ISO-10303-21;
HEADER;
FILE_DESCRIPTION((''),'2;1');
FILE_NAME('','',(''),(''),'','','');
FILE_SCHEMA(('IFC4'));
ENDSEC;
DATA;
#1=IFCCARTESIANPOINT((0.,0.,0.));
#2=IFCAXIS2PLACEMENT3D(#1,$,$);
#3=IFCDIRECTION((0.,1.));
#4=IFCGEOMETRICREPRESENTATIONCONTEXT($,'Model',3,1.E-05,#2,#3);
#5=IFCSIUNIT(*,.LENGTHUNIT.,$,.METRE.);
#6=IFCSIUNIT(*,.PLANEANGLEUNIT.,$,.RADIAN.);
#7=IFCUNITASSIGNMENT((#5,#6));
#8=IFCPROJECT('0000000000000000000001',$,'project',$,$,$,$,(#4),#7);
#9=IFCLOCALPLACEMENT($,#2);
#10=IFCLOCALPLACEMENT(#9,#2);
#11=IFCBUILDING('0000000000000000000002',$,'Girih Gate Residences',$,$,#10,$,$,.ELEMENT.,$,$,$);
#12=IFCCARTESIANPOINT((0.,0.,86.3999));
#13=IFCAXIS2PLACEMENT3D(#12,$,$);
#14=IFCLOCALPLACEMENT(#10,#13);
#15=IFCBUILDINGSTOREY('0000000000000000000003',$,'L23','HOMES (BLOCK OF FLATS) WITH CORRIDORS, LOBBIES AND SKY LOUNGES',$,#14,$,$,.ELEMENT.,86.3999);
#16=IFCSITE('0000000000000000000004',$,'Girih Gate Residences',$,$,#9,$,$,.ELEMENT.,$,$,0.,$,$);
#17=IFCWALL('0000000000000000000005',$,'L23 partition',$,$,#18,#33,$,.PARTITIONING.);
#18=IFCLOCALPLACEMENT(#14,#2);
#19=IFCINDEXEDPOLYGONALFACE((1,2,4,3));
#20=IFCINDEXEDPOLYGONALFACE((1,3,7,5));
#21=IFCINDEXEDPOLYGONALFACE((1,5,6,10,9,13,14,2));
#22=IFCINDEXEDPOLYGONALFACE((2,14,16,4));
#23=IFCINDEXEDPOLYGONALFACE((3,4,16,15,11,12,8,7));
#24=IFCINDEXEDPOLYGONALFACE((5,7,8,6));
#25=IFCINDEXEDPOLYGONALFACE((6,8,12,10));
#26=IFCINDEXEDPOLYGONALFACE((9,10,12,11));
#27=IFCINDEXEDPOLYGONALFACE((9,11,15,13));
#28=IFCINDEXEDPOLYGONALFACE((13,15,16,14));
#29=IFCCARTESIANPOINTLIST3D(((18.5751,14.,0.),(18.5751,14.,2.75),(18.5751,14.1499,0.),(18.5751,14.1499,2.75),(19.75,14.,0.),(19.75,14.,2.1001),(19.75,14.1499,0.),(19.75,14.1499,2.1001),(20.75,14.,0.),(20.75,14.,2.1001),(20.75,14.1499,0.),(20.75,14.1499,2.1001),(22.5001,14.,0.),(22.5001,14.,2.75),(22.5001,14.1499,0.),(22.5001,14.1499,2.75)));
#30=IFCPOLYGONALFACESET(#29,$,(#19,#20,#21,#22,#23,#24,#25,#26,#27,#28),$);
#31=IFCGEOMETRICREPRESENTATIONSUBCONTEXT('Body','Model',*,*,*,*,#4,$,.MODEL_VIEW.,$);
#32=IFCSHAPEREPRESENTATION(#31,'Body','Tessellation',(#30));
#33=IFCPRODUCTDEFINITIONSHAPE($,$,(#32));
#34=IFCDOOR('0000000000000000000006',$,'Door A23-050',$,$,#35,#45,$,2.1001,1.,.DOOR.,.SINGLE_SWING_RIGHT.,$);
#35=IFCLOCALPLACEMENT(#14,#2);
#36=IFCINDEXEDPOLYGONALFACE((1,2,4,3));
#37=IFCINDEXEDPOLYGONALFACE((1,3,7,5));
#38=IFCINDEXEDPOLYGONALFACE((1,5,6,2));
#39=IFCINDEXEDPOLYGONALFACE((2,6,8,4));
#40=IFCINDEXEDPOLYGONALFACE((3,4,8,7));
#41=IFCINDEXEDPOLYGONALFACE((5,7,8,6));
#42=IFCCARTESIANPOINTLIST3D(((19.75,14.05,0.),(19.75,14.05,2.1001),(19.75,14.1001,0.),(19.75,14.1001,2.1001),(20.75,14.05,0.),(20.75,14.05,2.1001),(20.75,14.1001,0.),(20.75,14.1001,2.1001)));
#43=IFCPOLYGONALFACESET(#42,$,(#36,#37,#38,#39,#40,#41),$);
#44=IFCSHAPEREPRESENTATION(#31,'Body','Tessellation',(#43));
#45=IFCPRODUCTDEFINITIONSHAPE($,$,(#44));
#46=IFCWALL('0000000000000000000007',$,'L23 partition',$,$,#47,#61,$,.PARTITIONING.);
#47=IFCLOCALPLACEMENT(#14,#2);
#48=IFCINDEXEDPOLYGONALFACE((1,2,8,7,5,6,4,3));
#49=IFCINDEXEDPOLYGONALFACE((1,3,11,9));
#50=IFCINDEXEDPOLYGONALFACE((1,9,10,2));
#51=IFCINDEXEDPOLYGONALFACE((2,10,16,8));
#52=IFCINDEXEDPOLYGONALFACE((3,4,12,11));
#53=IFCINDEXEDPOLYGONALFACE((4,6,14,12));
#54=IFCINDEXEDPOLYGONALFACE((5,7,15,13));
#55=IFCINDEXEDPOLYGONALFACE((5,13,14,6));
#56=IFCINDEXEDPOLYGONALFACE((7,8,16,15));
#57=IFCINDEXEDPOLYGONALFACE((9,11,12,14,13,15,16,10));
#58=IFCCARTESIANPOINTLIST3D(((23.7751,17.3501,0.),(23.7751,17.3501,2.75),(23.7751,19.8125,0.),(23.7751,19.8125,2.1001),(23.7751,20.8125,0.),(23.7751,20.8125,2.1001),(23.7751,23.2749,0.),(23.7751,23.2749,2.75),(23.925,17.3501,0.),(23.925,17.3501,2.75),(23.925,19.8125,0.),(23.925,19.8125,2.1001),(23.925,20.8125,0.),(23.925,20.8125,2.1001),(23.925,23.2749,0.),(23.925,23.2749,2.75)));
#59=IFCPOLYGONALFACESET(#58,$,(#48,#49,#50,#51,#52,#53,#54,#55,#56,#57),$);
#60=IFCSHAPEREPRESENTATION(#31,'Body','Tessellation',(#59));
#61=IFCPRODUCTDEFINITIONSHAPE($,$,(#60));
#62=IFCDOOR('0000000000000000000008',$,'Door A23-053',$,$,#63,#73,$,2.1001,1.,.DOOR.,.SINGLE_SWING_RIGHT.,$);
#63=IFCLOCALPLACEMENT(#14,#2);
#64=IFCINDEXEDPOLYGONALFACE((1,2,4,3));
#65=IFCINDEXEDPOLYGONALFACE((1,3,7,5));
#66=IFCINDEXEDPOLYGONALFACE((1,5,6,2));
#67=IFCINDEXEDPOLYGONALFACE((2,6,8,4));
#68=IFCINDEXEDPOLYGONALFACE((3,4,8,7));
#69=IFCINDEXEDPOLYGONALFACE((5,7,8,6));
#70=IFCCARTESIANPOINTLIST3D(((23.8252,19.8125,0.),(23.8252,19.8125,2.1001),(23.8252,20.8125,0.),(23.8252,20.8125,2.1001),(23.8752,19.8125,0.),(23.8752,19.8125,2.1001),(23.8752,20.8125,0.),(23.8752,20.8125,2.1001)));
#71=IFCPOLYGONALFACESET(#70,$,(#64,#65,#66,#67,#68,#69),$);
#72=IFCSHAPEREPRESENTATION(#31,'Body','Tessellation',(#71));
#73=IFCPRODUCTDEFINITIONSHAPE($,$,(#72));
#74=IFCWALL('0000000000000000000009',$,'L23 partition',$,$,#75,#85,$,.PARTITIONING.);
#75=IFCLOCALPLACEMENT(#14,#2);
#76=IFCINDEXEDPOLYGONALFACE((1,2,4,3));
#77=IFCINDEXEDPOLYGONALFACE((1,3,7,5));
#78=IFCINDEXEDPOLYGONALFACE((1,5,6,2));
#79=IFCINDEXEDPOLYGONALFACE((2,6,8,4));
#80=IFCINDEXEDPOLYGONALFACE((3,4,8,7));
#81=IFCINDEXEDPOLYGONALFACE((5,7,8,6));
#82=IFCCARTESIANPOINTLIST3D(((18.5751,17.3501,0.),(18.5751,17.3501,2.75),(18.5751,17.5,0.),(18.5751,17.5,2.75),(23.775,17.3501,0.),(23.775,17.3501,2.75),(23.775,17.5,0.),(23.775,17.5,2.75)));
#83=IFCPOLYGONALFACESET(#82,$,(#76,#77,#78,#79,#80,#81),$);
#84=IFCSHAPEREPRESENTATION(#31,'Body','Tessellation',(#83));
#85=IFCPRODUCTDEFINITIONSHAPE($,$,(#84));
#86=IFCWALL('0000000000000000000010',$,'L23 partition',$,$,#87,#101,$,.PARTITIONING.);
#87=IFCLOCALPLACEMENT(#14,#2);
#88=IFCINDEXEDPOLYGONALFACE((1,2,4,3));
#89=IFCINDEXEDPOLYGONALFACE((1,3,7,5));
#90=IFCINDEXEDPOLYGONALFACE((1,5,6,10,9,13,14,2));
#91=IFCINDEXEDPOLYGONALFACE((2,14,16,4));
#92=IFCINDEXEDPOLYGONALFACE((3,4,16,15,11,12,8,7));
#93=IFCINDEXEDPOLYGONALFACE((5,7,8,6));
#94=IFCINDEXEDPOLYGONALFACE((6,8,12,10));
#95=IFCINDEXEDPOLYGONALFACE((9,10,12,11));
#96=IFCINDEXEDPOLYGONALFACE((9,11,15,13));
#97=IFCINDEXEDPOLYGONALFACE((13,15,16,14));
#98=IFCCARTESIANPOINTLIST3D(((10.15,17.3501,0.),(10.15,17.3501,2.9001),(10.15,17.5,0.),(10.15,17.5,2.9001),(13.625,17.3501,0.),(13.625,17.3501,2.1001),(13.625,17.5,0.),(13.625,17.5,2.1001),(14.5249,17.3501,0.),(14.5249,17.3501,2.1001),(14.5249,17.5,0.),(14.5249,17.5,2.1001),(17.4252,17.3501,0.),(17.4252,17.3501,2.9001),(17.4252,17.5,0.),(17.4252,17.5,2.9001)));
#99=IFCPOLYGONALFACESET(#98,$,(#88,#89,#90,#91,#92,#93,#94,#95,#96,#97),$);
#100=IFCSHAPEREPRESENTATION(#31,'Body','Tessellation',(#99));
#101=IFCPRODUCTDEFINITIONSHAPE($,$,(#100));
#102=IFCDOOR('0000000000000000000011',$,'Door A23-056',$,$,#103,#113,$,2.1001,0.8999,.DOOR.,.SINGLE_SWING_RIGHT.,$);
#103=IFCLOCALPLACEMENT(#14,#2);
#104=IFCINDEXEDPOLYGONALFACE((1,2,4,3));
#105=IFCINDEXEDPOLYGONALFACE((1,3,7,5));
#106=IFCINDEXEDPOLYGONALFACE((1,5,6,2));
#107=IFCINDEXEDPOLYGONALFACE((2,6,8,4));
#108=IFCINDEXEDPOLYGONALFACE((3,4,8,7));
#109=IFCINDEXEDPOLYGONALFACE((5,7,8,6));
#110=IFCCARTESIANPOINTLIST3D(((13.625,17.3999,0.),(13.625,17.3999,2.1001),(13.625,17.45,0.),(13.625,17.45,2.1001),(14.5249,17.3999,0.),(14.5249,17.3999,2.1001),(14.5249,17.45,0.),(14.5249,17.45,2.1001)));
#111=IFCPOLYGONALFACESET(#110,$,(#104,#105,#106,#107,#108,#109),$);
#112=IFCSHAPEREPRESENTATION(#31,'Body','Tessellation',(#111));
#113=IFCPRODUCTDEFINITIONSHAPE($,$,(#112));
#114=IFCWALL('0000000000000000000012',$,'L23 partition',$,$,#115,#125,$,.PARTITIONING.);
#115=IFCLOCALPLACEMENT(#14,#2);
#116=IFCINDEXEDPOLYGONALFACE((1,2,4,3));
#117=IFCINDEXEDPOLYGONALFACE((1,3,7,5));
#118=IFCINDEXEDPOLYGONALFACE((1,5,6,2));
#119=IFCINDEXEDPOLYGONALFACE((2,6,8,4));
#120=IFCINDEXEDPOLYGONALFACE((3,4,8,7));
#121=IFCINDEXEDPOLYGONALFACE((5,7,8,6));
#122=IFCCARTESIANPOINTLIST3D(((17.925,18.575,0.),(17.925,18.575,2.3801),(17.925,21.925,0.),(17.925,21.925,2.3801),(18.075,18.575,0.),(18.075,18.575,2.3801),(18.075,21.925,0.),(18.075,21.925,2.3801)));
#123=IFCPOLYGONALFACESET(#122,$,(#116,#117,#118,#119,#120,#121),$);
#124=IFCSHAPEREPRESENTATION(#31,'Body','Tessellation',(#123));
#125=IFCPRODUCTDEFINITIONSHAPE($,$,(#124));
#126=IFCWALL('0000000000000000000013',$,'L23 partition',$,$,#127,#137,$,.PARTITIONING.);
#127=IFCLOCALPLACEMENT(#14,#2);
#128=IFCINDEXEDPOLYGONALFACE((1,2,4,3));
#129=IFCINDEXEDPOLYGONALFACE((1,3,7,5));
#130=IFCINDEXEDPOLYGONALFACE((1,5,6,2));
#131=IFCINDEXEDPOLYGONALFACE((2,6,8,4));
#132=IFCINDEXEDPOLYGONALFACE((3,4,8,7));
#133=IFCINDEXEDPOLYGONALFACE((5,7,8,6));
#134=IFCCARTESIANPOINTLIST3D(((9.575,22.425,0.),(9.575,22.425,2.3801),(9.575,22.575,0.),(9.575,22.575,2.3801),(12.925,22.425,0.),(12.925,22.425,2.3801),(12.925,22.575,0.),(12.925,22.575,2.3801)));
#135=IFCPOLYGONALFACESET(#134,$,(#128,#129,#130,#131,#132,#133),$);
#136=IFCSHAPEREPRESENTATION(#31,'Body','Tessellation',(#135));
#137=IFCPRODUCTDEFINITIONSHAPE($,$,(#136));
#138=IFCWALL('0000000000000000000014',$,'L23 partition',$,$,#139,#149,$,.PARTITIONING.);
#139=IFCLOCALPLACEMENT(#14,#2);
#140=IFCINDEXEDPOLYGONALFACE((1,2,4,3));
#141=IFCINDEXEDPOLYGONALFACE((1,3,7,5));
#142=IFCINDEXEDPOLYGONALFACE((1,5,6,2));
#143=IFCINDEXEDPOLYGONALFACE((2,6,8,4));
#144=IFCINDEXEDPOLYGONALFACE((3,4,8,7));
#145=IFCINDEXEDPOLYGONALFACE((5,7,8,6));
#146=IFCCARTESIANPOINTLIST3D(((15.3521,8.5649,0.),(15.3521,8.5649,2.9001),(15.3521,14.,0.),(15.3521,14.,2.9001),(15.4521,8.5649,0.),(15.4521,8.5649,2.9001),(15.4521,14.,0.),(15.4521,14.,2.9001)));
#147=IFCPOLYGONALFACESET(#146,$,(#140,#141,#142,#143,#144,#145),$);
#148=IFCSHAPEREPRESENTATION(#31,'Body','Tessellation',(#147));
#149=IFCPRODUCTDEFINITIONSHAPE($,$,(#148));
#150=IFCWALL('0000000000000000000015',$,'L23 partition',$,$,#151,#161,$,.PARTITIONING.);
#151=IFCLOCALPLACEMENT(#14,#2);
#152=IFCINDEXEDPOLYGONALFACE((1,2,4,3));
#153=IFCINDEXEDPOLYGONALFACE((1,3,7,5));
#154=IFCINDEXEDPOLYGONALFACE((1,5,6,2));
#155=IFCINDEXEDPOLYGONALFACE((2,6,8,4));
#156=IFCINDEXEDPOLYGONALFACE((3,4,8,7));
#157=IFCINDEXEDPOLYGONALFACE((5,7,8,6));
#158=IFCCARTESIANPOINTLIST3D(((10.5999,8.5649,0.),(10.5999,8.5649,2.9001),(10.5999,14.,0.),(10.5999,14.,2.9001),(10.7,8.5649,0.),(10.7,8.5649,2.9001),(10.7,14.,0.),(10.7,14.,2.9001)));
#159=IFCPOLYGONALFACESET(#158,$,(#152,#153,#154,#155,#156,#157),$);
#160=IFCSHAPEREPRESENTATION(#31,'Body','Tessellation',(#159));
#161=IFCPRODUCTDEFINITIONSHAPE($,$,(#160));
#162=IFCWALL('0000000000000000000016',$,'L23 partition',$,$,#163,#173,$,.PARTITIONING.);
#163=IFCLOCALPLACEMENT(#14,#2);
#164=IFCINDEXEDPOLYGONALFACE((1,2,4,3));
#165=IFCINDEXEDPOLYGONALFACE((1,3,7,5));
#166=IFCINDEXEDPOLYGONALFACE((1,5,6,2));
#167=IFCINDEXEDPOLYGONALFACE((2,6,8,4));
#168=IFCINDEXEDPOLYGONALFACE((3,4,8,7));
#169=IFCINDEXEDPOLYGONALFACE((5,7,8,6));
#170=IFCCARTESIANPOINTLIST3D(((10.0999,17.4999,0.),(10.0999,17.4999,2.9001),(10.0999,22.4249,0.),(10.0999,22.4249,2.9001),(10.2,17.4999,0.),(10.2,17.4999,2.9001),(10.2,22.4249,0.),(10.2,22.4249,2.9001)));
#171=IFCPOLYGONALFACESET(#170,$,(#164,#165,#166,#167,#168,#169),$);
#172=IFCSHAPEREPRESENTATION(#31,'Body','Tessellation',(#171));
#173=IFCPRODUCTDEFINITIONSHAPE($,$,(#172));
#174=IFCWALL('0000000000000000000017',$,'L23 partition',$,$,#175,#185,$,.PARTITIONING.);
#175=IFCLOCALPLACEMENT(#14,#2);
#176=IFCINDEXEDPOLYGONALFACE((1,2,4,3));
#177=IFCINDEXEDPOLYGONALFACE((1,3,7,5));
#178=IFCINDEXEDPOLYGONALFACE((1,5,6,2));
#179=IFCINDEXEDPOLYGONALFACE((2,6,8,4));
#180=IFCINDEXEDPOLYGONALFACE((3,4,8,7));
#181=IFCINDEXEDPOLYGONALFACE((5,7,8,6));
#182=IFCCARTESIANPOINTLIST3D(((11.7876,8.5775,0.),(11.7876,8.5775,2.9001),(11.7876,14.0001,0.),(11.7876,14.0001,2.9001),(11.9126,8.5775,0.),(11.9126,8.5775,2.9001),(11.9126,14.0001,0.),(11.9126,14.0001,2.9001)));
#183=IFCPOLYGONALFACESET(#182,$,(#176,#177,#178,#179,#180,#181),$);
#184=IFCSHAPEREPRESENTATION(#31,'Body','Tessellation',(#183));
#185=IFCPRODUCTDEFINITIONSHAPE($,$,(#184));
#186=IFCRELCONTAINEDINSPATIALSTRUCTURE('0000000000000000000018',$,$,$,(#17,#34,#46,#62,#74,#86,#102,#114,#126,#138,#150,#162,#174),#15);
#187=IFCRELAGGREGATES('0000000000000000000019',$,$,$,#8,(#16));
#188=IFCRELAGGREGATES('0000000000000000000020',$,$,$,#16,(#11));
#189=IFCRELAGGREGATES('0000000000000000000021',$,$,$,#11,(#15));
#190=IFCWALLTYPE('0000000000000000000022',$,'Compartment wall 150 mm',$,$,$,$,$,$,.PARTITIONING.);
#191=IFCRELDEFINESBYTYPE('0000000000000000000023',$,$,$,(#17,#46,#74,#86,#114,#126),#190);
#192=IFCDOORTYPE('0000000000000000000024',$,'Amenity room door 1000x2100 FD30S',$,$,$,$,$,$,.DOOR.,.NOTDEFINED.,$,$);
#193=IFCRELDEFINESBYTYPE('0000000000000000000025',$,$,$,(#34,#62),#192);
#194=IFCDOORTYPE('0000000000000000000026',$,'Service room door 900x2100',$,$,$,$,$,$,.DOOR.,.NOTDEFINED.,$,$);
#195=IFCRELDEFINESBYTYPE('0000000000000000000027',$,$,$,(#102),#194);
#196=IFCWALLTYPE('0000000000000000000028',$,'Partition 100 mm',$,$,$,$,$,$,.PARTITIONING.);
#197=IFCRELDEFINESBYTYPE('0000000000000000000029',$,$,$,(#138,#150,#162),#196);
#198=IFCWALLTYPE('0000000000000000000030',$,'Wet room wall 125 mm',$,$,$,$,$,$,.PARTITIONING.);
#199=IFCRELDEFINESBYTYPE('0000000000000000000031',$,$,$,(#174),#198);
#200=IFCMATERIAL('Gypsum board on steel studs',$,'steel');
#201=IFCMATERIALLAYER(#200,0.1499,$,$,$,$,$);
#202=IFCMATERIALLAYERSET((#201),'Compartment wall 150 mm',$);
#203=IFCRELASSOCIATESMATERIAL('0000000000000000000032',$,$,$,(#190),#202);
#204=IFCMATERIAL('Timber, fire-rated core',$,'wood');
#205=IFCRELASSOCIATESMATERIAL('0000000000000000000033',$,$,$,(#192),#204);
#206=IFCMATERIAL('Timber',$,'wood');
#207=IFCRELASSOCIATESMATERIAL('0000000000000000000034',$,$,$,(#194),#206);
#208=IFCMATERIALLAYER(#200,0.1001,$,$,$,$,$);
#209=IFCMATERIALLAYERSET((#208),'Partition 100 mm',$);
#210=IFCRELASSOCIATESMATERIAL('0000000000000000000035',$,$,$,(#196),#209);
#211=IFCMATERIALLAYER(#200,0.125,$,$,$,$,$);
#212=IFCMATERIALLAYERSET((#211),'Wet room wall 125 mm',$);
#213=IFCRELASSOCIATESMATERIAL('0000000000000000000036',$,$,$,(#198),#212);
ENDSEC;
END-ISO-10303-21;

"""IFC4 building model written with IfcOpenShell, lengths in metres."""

from ifc_helpers import new_model, si_unit, direction, frame, frame_2d, origin, place, context, subcontext, project, spatial, rectangle, extrude, material, layer, layer_set, type_object, element, fill, save


model = new_model("IFC4")

# Units and contexts
model_context = context("Model", 3, precision=1e-05, world=origin(), true_north=direction((0.0, 1.0)))
body_context = subcontext(model_context, "Body", "Model", "MODEL_VIEW")
ifc_project = project(units=[si_unit("LENGTHUNIT", "METRE"), si_unit("PLANEANGLEUNIT", "RADIAN")], contexts=[model_context])

# Site, building, storey
site_placement = place(None, origin())
site = spatial("IfcSite", under=ifc_project, at=site_placement, Name="Girih Gate Residences", CompositionType="ELEMENT", RefElevation=0.0)
building_placement = place(site_placement, origin())
building = spatial("IfcBuilding", under=site, at=building_placement, Name="Girih Gate Residences", CompositionType="ELEMENT")
storey_placement = place(building_placement, frame((0.0, 0.0, 86.3999)))
storey = spatial("IfcBuildingStorey", under=building, at=storey_placement, Name="L23", Description="HOMES (BLOCK OF FLATS) WITH CORRIDORS, LOBBIES AND SKY LOUNGES", CompositionType="ELEMENT", Elevation=86.3999)

# Shared definitions
ifc_material_1 = material(Name="Gypsum board on steel studs", Category="steel")
ifc_layer_1 = layer(ifc_material_1, 0.1499)
ifc_layer_set_1 = layer_set([ifc_layer_1], Name="Compartment wall 150 mm")
wall_type_1 = type_object("IfcWallType", Name="Compartment wall 150 mm", PredefinedType="PARTITIONING", material=ifc_layer_set_1)

# Walls, openings, doors
ifc_material_2 = material(Name="Timber, fire-rated core", Category="wood")
wall_1_placement = place(storey_placement, frame((22.5, 14.075, 0.0), z_axis=(0.0, 0.0, 1.0), x_axis=(-1.0, 0.0, 0.0)))
wall_1 = element("IfcWall", 1, at=wall_1_placement, inside=storey, type_object=wall_type_1, Name="L23 partition", PredefinedType="PARTITIONING", context=body_context, shape_type="SweptSolid", body=[
    extrude(rectangle(XDim=3.925, YDim=0.1499, at=frame_2d((1.9624, 0.0))), origin(), (0.0, 0.0, 1.0), 2.75),
])
opening_1_placement = place(wall_1_placement, frame((1.75, 0.0, 0.0)))
opening_1 = element("IfcOpeningElement", 2, at=opening_1_placement, cuts=wall_1, PredefinedType="OPENING", context=body_context, shape_type="SweptSolid", body=[
    extrude(rectangle(XDim=1.0, YDim=2.1001, at=frame_2d((0.5, 1.05))), frame((0.0, 0.085, 0.0), z_axis=(0.0, -1.0, 0.0), x_axis=(1.0, 0.0, 0.0)), (0.0, 0.0, 1.0), 0.1699),
])
door_type_1 = type_object("IfcDoorType", Name="Amenity room door 1000x2100 FD30S", OperationType="NOTDEFINED", PredefinedType="DOOR", material=ifc_material_2)
door_1_placement = place(opening_1_placement, origin())
door_1 = element("IfcDoor", 3, at=door_1_placement, inside=storey, type_object=door_type_1, Name="Door A23-050", OperationType="SINGLE_SWING_RIGHT", OverallHeight=2.1001, OverallWidth=1.0, PredefinedType="DOOR", context=body_context, shape_type="SweptSolid", body=[
    extrude(rectangle(XDim=1.0, YDim=2.1001, at=frame_2d((0.5, 1.05))), frame((0.0, 0.0249, 0.0), z_axis=(0.0, -1.0, 0.0), x_axis=(1.0, 0.0, 0.0)), (0.0, 0.0, 1.0), 0.05),
])
fill(opening_1, door_1)
wall_2_placement = place(storey_placement, frame((23.8501, 17.3501, 0.0), z_axis=(0.0, 0.0, 1.0), x_axis=(0.0, 1.0, 0.0)))
wall_2 = element("IfcWall", 4, at=wall_2_placement, inside=storey, type_object=wall_type_1, Name="L23 partition", PredefinedType="PARTITIONING", context=body_context, shape_type="SweptSolid", body=[
    extrude(rectangle(XDim=5.9248, YDim=0.1499, at=frame_2d((2.9624, 0.0))), origin(), (0.0, 0.0, 1.0), 2.75),
])
opening_2_placement = place(wall_2_placement, frame((2.4624, 0.0, 0.0)))
opening_2 = element("IfcOpeningElement", 5, at=opening_2_placement, cuts=wall_2, PredefinedType="OPENING", context=body_context, shape_type="SweptSolid", body=[
    extrude(rectangle(XDim=1.0, YDim=2.1001, at=frame_2d((0.5, 1.05))), frame((0.0, 0.085, 0.0), z_axis=(0.0, -1.0, 0.0), x_axis=(1.0, 0.0, 0.0)), (0.0, 0.0, 1.0), 0.1699),
])
door_2_placement = place(opening_2_placement, origin())
door_2 = element("IfcDoor", 6, at=door_2_placement, inside=storey, type_object=door_type_1, Name="Door A23-053", OperationType="SINGLE_SWING_RIGHT", OverallHeight=2.1001, OverallWidth=1.0, PredefinedType="DOOR", context=body_context, shape_type="SweptSolid", body=[
    extrude(rectangle(XDim=1.0, YDim=2.1001, at=frame_2d((0.5, 1.05))), frame((0.0, 0.0249, 0.0), z_axis=(0.0, -1.0, 0.0), x_axis=(1.0, 0.0, 0.0)), (0.0, 0.0, 1.0), 0.05),
])
fill(opening_2, door_2)

# Wall
wall_3_placement = place(storey_placement, frame((18.575, 17.425, 0.0), z_axis=(0.0, 0.0, 1.0), x_axis=(1.0, 0.0, 0.0)))
element("IfcWall", 7, at=wall_3_placement, inside=storey, type_object=wall_type_1, Name="L23 partition", PredefinedType="PARTITIONING", context=body_context, shape_type="SweptSolid", body=[
    extrude(rectangle(XDim=5.2, YDim=0.1499, at=frame_2d((2.6001, 0.0))), origin(), (0.0, 0.0, 1.0), 2.75),
])

# Wall, opening, door
wall_4_placement = place(storey_placement, frame((10.1499, 17.425, 0.0), z_axis=(0.0, 0.0, 1.0), x_axis=(1.0, 0.0, 0.0)))
wall_4 = element("IfcWall", 8, at=wall_4_placement, inside=storey, type_object=wall_type_1, Name="L23 partition", PredefinedType="PARTITIONING", context=body_context, shape_type="SweptSolid", body=[
    extrude(rectangle(XDim=7.2751, YDim=0.1499, at=frame_2d((3.6377, 0.0))), origin(), (0.0, 0.0, 1.0), 2.9001),
])
opening_3_placement = place(wall_4_placement, frame((3.4751, 0.0, 0.0)))
opening_3 = element("IfcOpeningElement", 9, at=opening_3_placement, cuts=wall_4, PredefinedType="OPENING", context=body_context, shape_type="SweptSolid", body=[
    extrude(rectangle(XDim=0.8999, YDim=2.1001, at=frame_2d((0.45, 1.05))), frame((0.0, 0.085, 0.0), z_axis=(0.0, -1.0, 0.0), x_axis=(1.0, 0.0, 0.0)), (0.0, 0.0, 1.0), 0.1699),
])
ifc_material_3 = material(Name="Timber", Category="wood")
door_type_2 = type_object("IfcDoorType", Name="Service room door 900x2100", OperationType="NOTDEFINED", PredefinedType="DOOR", material=ifc_material_3)
door_3_placement = place(opening_3_placement, origin())
door_3 = element("IfcDoor", 10, at=door_3_placement, inside=storey, type_object=door_type_2, Name="Door A23-056", OperationType="SINGLE_SWING_RIGHT", OverallHeight=2.1001, OverallWidth=0.8999, PredefinedType="DOOR", context=body_context, shape_type="SweptSolid", body=[
    extrude(rectangle(XDim=0.8999, YDim=2.1001, at=frame_2d((0.45, 1.05))), frame((0.0, 0.0249, 0.0), z_axis=(0.0, -1.0, 0.0), x_axis=(1.0, 0.0, 0.0)), (0.0, 0.0, 1.0), 0.05),
])
fill(opening_3, door_3)

# Walls
for number, where, z_axis, x_axis, name in (
    (11, (18.0, 18.575, 0.0), (0.0, 0.0, 1.0), (0.0, 1.0, 0.0), "L23 partition"),
    (12, (9.575, 22.5, 0.0), (0.0, 0.0, 1.0), (1.0, 0.0, 0.0), "L23 partition"),
):
    element("IfcWall", number, at=place(storey_placement, frame(where, z_axis=z_axis, x_axis=x_axis)), inside=storey, type_object=wall_type_1, Name=name, PredefinedType="PARTITIONING", context=body_context, shape_type="SweptSolid", body=[
        extrude(rectangle(XDim=3.3501, YDim=0.1499, at=frame_2d((1.675, 0.0))), origin(), (0.0, 0.0, 1.0), 2.3801),
    ])
ifc_layer_2 = layer(ifc_material_1, 0.1001)
ifc_layer_set_2 = layer_set([ifc_layer_2], Name="Partition 100 mm")
wall_type_2 = type_object("IfcWallType", Name="Partition 100 mm", PredefinedType="PARTITIONING", material=ifc_layer_set_2)
for number, where, z_axis, x_axis, name in (
    (13, (15.4021, 8.5649, 0.0), (0.0, 0.0, 1.0), (0.0, 1.0, 0.0), "L23 partition"),
    (14, (10.6499, 8.5649, 0.0), (0.0, 0.0, 1.0), (0.0, 1.0, 0.0), "L23 partition"),
):
    element("IfcWall", number, at=place(storey_placement, frame(where, z_axis=z_axis, x_axis=x_axis)), inside=storey, type_object=wall_type_2, Name=name, PredefinedType="PARTITIONING", context=body_context, shape_type="SweptSolid", body=[
        extrude(rectangle(XDim=5.4351, YDim=0.1001, at=frame_2d((2.7175, 0.0))), origin(), (0.0, 0.0, 1.0), 2.9001),
    ])
wall_5_placement = place(storey_placement, frame((10.1499, 17.5, 0.0), z_axis=(0.0, 0.0, 1.0), x_axis=(0.0, 1.0, 0.0)))
element("IfcWall", 15, at=wall_5_placement, inside=storey, type_object=wall_type_2, Name="L23 partition", PredefinedType="PARTITIONING", context=body_context, shape_type="SweptSolid", body=[
    extrude(rectangle(XDim=4.925, YDim=0.1001, at=frame_2d((2.4624, 0.0))), origin(), (0.0, 0.0, 1.0), 2.9001),
])
ifc_layer_3 = layer(ifc_material_1, 0.125)
ifc_layer_set_3 = layer_set([ifc_layer_3], Name="Wet room wall 125 mm")
wall_type_3 = type_object("IfcWallType", Name="Wet room wall 125 mm", PredefinedType="PARTITIONING", material=ifc_layer_set_3)
for number, where, z_axis, x_axis, name in (
    (16, (11.8501, 8.5774, 0.0), (0.0, 0.0, 1.0), (0.0, 1.0, 0.0), "L23 partition"),
):
    element("IfcWall", number, at=place(storey_placement, frame(where, z_axis=z_axis, x_axis=x_axis)), inside=storey, type_object=wall_type_3, Name=name, PredefinedType="PARTITIONING", context=body_context, shape_type="SweptSolid", body=[
        extrude(rectangle(XDim=5.4226, YDim=0.125, at=frame_2d((2.7114, 0.0))), origin(), (0.0, 0.0, 1.0), 2.9001),
    ])

save(model, "model.ifc")
